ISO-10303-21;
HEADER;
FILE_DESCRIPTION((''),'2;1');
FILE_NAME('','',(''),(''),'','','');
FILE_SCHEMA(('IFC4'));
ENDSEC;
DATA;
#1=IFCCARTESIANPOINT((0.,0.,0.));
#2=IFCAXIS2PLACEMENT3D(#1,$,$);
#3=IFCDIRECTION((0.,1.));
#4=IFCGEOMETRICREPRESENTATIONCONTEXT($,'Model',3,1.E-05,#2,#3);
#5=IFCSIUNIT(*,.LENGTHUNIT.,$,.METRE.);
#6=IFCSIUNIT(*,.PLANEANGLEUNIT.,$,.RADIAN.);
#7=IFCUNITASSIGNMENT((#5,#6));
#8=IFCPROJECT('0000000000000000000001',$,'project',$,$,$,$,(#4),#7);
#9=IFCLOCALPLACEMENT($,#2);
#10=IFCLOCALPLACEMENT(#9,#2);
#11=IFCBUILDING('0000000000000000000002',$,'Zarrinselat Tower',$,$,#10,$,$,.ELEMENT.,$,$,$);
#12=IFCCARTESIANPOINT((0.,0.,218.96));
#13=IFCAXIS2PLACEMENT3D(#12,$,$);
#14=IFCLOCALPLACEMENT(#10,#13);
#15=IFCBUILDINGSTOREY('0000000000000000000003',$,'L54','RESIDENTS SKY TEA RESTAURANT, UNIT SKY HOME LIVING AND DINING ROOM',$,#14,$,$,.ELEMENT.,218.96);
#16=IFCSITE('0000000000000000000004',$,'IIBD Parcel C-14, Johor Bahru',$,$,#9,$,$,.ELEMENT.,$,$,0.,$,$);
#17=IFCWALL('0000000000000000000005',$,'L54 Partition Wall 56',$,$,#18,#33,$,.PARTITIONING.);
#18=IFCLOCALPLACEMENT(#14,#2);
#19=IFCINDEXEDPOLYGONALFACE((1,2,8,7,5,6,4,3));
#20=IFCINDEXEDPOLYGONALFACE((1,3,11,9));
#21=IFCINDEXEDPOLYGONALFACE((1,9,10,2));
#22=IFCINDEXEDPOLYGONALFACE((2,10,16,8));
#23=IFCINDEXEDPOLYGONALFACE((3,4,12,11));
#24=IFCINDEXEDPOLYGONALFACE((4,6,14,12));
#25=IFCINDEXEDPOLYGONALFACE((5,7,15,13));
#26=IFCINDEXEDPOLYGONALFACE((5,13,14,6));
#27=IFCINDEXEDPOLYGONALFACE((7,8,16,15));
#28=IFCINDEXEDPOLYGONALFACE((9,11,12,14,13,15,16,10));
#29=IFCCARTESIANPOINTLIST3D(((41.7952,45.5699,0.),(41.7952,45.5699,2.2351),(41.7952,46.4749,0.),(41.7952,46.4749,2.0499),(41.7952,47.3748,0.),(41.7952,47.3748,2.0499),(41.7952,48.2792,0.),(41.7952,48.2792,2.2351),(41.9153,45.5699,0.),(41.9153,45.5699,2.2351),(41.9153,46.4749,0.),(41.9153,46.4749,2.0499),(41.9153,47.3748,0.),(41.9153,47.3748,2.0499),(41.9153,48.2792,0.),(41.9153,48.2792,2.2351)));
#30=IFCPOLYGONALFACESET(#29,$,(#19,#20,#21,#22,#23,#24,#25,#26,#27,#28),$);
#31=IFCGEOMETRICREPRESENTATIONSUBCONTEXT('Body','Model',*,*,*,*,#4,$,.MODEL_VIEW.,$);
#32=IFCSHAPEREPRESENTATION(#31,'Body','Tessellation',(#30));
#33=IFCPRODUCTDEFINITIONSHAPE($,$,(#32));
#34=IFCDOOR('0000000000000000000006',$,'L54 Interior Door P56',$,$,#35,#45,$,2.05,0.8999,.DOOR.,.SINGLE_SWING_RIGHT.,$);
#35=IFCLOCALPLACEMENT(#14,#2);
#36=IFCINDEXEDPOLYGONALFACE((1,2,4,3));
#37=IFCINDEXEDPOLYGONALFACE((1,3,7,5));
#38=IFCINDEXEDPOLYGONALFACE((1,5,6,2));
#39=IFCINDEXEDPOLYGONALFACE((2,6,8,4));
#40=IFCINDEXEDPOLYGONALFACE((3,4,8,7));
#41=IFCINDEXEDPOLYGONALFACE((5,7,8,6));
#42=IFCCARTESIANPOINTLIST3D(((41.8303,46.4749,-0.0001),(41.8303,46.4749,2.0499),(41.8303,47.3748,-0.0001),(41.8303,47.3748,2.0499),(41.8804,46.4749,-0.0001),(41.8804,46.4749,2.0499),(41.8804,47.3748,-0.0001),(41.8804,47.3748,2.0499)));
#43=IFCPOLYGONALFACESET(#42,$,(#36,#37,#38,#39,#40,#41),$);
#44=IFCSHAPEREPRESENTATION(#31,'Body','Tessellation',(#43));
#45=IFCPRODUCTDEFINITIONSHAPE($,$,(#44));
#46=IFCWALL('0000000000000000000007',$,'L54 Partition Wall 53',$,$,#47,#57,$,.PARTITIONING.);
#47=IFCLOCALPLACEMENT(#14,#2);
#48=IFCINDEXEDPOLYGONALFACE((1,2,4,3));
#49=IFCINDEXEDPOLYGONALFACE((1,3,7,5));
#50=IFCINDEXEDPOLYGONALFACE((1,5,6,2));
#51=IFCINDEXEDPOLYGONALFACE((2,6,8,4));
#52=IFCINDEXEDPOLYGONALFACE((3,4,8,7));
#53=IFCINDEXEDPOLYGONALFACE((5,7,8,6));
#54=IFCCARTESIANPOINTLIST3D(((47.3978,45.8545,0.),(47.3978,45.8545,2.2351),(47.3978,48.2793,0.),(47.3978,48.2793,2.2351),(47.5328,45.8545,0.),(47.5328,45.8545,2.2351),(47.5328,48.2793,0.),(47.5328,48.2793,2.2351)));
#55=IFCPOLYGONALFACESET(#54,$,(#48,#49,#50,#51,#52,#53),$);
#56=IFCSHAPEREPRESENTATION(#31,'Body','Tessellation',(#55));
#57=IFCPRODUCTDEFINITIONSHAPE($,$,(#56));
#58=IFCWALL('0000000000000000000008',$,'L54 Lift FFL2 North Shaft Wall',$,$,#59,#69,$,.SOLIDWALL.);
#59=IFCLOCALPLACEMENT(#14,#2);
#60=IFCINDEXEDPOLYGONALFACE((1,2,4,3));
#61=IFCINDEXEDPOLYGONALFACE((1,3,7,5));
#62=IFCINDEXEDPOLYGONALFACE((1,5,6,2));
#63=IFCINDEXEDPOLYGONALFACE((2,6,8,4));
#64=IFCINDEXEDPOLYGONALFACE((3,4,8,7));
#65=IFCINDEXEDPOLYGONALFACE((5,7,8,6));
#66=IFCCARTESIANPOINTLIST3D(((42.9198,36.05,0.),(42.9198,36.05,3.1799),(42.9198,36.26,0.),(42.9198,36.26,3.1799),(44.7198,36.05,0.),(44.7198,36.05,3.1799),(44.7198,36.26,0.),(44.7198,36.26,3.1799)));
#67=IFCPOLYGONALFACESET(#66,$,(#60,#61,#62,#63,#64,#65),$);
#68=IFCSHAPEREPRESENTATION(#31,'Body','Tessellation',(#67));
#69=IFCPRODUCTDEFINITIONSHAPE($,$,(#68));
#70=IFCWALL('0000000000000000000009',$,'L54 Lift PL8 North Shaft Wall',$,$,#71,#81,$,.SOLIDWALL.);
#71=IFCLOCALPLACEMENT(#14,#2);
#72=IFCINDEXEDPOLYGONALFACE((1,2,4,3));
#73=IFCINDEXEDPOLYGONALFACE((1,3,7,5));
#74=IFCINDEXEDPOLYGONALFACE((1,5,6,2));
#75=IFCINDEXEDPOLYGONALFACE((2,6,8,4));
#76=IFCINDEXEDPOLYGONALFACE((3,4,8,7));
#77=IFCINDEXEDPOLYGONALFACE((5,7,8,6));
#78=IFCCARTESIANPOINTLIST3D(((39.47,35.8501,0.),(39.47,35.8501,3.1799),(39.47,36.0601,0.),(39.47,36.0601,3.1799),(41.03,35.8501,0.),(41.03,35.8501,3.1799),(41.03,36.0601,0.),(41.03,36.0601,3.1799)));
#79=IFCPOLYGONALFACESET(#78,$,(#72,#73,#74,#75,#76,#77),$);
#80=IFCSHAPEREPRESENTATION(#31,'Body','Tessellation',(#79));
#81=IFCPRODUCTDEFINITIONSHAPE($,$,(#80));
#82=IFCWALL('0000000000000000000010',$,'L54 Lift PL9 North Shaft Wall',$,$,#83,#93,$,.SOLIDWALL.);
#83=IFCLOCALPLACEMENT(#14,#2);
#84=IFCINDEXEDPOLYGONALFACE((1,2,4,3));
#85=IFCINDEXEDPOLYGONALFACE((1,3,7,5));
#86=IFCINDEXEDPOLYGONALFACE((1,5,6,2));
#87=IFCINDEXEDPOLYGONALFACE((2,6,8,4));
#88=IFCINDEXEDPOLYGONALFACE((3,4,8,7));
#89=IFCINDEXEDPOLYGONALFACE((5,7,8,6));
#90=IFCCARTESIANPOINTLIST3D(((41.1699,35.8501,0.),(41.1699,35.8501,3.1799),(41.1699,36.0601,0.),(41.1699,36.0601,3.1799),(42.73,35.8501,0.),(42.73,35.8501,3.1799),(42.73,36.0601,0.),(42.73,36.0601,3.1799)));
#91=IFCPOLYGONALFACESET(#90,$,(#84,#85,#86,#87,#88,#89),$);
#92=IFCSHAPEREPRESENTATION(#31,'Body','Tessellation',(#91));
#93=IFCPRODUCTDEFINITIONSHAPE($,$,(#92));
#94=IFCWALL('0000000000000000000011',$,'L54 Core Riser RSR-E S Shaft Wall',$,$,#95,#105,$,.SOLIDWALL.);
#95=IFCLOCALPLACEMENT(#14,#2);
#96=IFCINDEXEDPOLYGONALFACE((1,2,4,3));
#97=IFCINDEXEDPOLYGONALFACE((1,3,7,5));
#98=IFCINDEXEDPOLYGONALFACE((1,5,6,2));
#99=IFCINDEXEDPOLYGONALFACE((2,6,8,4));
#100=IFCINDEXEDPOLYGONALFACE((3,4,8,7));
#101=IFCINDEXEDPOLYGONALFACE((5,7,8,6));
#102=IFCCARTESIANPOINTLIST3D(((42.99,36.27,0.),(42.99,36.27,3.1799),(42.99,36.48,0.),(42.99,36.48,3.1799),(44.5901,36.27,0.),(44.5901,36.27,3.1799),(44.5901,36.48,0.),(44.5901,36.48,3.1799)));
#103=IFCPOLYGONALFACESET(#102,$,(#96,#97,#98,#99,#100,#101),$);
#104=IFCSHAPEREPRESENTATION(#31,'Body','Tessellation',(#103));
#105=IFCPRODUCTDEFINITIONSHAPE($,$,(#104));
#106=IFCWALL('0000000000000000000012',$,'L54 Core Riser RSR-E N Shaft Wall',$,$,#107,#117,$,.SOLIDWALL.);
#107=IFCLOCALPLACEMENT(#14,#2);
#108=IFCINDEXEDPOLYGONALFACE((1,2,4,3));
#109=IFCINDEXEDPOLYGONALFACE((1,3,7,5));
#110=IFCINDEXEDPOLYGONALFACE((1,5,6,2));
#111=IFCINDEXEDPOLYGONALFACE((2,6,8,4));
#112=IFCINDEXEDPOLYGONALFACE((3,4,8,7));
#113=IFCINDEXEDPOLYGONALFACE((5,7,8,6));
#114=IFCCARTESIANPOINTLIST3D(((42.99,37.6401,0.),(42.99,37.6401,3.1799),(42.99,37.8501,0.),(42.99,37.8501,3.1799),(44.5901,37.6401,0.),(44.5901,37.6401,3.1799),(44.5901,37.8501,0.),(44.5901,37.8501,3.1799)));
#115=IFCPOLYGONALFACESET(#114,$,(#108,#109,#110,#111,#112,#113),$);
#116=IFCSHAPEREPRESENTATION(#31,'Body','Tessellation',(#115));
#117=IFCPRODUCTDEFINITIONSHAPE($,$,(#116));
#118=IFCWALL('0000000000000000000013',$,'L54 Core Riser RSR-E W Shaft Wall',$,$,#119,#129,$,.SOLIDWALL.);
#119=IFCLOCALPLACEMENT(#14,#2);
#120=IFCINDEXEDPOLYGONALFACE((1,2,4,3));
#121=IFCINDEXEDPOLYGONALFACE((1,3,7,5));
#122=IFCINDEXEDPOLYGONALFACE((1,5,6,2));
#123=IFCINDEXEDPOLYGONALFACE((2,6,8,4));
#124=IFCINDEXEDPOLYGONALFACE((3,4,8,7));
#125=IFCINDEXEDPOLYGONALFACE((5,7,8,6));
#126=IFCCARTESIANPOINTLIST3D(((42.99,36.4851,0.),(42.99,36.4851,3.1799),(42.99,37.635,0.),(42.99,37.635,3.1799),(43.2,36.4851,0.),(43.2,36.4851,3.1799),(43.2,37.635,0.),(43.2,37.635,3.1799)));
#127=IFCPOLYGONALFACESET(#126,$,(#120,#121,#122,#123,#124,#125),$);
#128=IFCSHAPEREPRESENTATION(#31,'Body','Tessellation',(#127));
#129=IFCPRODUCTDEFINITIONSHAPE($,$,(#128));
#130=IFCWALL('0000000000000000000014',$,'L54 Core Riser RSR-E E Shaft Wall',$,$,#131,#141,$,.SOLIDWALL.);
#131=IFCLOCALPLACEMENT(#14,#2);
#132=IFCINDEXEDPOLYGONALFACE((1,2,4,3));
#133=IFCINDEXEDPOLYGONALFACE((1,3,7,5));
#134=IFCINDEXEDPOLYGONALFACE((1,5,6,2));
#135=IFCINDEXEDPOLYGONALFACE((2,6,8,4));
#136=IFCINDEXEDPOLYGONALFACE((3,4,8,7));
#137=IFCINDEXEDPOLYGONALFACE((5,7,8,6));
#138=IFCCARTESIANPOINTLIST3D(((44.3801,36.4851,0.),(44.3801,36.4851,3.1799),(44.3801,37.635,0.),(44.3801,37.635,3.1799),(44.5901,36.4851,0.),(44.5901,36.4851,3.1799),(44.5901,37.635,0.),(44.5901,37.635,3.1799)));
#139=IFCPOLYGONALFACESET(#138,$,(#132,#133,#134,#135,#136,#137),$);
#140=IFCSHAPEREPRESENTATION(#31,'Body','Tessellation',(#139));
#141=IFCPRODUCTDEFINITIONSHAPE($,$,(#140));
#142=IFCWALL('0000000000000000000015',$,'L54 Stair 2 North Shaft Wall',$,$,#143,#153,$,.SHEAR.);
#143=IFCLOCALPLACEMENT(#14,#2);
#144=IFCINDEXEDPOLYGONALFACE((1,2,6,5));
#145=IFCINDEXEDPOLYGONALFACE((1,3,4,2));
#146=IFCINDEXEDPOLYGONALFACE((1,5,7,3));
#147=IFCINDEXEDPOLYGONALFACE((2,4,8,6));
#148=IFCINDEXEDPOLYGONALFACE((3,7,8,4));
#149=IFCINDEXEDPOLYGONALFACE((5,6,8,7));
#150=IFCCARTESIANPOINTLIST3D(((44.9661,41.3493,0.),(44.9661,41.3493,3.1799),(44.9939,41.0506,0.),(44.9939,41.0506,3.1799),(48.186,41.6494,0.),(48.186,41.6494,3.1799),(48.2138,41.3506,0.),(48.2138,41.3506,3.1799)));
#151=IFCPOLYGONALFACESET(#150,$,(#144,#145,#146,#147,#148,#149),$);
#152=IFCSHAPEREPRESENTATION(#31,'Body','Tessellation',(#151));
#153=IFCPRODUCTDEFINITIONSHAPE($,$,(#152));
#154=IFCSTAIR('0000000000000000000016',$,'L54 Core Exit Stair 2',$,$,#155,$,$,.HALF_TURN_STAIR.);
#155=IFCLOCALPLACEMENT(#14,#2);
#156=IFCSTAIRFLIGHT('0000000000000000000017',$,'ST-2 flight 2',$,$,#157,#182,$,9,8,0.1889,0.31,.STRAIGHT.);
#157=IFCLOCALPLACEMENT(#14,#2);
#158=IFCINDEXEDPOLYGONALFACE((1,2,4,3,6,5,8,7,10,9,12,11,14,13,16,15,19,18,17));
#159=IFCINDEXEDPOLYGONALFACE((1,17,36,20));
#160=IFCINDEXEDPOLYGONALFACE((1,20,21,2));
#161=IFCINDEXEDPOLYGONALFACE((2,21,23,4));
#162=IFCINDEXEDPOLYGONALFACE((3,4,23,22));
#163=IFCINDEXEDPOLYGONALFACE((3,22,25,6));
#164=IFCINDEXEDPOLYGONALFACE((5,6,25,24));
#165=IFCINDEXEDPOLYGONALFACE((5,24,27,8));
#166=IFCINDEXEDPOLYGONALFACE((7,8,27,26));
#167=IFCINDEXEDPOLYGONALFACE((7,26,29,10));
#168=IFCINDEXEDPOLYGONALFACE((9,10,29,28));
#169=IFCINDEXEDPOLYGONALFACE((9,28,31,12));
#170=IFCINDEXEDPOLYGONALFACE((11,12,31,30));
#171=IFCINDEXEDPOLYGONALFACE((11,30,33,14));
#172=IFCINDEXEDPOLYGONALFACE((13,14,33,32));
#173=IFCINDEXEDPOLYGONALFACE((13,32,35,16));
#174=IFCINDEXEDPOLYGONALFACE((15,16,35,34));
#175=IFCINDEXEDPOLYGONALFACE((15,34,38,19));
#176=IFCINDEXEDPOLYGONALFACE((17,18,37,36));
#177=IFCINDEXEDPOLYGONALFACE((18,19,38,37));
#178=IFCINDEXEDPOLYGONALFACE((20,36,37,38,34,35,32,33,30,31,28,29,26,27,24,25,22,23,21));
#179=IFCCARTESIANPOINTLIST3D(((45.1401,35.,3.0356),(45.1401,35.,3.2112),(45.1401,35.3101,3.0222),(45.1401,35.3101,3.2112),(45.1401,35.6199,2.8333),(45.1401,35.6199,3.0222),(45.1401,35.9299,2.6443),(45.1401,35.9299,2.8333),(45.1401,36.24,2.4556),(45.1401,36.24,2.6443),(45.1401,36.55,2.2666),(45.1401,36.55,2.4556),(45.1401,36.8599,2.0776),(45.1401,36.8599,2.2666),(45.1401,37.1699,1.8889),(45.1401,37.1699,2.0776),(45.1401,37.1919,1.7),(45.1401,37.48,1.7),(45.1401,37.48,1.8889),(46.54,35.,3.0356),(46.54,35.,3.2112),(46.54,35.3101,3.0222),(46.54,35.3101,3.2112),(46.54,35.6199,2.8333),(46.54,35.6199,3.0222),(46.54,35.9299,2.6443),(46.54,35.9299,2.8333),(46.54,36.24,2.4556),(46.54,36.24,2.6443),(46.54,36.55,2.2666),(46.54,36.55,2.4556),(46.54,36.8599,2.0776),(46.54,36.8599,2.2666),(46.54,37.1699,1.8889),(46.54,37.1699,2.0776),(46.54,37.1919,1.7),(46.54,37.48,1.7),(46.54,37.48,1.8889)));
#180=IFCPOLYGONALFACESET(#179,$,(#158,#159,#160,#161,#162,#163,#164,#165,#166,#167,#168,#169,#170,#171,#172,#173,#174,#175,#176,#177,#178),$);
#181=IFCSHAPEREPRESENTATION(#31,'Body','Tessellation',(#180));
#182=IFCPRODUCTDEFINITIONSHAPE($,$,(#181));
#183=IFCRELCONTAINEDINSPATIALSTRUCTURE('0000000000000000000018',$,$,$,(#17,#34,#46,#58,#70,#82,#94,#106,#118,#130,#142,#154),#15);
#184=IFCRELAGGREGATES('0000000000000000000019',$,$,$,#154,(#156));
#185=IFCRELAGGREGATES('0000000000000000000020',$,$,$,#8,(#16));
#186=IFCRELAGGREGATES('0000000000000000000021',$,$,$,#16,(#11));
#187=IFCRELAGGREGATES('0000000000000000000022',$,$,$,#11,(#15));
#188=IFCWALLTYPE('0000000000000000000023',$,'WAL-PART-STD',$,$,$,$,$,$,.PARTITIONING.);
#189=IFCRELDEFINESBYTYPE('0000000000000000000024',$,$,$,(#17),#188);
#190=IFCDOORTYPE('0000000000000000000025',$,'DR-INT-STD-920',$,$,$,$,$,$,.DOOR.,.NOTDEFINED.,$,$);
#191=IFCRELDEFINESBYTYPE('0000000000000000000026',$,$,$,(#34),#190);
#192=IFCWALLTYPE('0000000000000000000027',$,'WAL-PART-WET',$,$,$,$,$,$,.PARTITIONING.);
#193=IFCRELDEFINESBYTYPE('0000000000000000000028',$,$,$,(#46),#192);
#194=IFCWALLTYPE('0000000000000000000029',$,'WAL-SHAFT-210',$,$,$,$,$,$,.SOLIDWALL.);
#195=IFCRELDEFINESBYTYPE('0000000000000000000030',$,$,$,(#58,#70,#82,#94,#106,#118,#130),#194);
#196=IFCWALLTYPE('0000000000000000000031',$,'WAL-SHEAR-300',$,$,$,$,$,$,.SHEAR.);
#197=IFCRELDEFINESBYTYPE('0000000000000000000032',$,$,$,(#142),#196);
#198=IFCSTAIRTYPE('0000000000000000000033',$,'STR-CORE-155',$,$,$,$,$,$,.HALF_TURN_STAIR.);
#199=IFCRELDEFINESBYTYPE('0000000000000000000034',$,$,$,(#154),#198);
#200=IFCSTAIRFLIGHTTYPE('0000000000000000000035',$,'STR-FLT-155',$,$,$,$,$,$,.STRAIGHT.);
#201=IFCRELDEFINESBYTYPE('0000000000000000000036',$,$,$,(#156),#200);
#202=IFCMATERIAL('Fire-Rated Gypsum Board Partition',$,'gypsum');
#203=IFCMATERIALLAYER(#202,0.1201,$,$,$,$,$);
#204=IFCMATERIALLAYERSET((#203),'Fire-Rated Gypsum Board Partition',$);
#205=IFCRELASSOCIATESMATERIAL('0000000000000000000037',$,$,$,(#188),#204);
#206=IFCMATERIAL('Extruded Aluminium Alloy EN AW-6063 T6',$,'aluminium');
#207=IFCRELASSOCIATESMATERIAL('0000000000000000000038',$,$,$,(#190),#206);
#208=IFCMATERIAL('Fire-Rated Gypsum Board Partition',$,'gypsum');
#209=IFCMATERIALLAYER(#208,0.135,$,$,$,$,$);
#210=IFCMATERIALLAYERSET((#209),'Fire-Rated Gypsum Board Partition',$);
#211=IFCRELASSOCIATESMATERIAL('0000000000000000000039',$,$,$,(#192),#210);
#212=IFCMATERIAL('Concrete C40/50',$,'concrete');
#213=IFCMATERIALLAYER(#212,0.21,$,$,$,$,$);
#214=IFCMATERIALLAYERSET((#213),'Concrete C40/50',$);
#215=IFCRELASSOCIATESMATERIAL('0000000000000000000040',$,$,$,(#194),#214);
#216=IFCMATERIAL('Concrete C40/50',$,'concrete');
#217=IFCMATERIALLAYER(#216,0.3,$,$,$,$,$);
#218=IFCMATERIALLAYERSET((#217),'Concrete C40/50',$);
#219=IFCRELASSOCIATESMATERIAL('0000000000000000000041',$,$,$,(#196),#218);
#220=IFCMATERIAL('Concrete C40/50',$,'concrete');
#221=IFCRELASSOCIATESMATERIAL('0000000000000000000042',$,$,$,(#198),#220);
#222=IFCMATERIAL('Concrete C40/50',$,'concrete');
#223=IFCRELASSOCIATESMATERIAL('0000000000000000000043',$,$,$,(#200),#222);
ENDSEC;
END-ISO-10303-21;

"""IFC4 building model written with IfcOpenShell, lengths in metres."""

from ifc_helpers import new_model, si_unit, direction, frame, frame_2d, origin, place, context, subcontext, project, spatial, polyline, rectangle, outline, extrude, material, layer, layer_set, type_object, element, fill, aggregate, save


model = new_model("IFC4")

# Units and contexts
model_context = context("Model", 3, precision=1e-05, world=origin(), true_north=direction((0.0, 1.0)))
body_context = subcontext(model_context, "Body", "Model", "MODEL_VIEW")
ifc_project = project(units=[si_unit("LENGTHUNIT", "METRE"), si_unit("PLANEANGLEUNIT", "RADIAN")], contexts=[model_context])

# Site, building, storey
site_placement = place(None, origin())
site = spatial("IfcSite", under=ifc_project, at=site_placement, Name="IIBD Parcel C-14, Johor Bahru", CompositionType="ELEMENT", RefElevation=0.0)
building_placement = place(site_placement, origin())
building = spatial("IfcBuilding", under=site, at=building_placement, Name="Zarrinselat Tower", CompositionType="ELEMENT")
storey_placement = place(building_placement, frame((0.0, 0.0, 218.96)))
storey = spatial("IfcBuildingStorey", under=building, at=storey_placement, Name="L54", Description="RESIDENTS SKY TEA RESTAURANT, UNIT SKY HOME LIVING AND DINING ROOM", CompositionType="ELEMENT", Elevation=218.96)

# Wall, opening, door
ifc_material_1 = material(Name="Fire-Rated Gypsum Board Partition", Category="gypsum")
ifc_layer_1 = layer(ifc_material_1, 0.1201)
ifc_layer_set_1 = layer_set([ifc_layer_1], Name="Fire-Rated Gypsum Board Partition")
wall_type_1 = type_object("IfcWallType", Name="WAL-PART-STD", PredefinedType="PARTITIONING", material=ifc_layer_set_1)
wall_1_placement = place(storey_placement, frame((41.8552, 45.5701, 0.0), z_axis=(0.0, 0.0, 1.0), x_axis=(0.0, 1.0, 0.0)))
wall_1 = element("IfcWall", 1, at=wall_1_placement, inside=storey, type_object=wall_type_1, Name="L54 Partition Wall 56", PredefinedType="PARTITIONING", context=body_context, shape_type="SweptSolid", body=[
    extrude(rectangle(XDim=2.7092, YDim=0.1201, at=frame_2d((1.3545, 0.0))), origin(), (0.0, 0.0, 1.0), 2.2351),
])
opening_1_placement = place(wall_1_placement, frame((0.9048, 0.0, 0.0)))
opening_1 = element("IfcOpeningElement", 2, at=opening_1_placement, cuts=wall_1, PredefinedType="OPENING", context=body_context, shape_type="SweptSolid", body=[
    extrude(rectangle(XDim=0.8999, YDim=2.05, at=frame_2d((0.45, 1.0249))), frame((0.0, 0.0701, 0.0), z_axis=(0.0, -1.0, 0.0), x_axis=(1.0, 0.0, 0.0)), (0.0, 0.0, 1.0), 0.1401),
])
ifc_material_2 = material(Name="Extruded Aluminium Alloy EN AW-6063 T6", Category="aluminium")
door_type_1 = type_object("IfcDoorType", Name="DR-INT-STD-920", OperationType="NOTDEFINED", PredefinedType="DOOR", material=ifc_material_2)
door_1_placement = place(opening_1_placement, origin())
door_1 = element("IfcDoor", 3, at=door_1_placement, inside=storey, type_object=door_type_1, Name="L54 Interior Door P56", OperationType="SINGLE_SWING_RIGHT", OverallHeight=2.05, OverallWidth=0.8999, PredefinedType="DOOR", context=body_context, shape_type="SweptSolid", body=[
    extrude(rectangle(XDim=0.8999, YDim=2.05, at=frame_2d((0.45, 1.0249))), frame((0.0, 0.0249, 0.0), z_axis=(0.0, -1.0, 0.0), x_axis=(1.0, 0.0, 0.0)), (0.0, 0.0, 1.0), 0.05),
])
fill(opening_1, door_1)

# Walls
ifc_material_3 = material(Name="Fire-Rated Gypsum Board Partition", Category="gypsum")
ifc_layer_2 = layer(ifc_material_3, 0.135)
ifc_layer_set_2 = layer_set([ifc_layer_2], Name="Fire-Rated Gypsum Board Partition")
wall_type_2 = type_object("IfcWallType", Name="WAL-PART-WET", PredefinedType="PARTITIONING", material=ifc_layer_set_2)
wall_2_placement = place(storey_placement, frame((47.4653, 45.8545, 0.0), z_axis=(0.0, 0.0, 1.0), x_axis=(0.0, 1.0, 0.0)))
element("IfcWall", 4, at=wall_2_placement, inside=storey, type_object=wall_type_2, Name="L54 Partition Wall 53", PredefinedType="PARTITIONING", context=body_context, shape_type="SweptSolid", body=[
    extrude(rectangle(XDim=2.4248, YDim=0.135, at=frame_2d((1.2124, 0.0))), origin(), (0.0, 0.0, 1.0), 2.2351),
])
ifc_material_4 = material(Name="Concrete C40/50", Category="concrete")
ifc_layer_3 = layer(ifc_material_4, 0.21)
ifc_layer_set_3 = layer_set([ifc_layer_3], Name="Concrete C40/50")
wall_type_3 = type_object("IfcWallType", Name="WAL-SHAFT-210", PredefinedType="SOLIDWALL", material=ifc_layer_set_3)
wall_3_placement = place(storey_placement, frame((42.9199, 36.155, 0.0), z_axis=(0.0, 0.0, 1.0), x_axis=(1.0, 0.0, 0.0)))
element("IfcWall", 5, at=wall_3_placement, inside=storey, type_object=wall_type_3, Name="L54 Lift FFL2 North Shaft Wall", PredefinedType="SOLIDWALL", context=body_context, shape_type="SweptSolid", body=[
    extrude(rectangle(XDim=1.8, YDim=0.21, at=frame_2d((0.8999, 0.0))), origin(), (0.0, 0.0, 1.0), 3.1799),
])
for number, where, z_axis, x_axis, name in (
    (6, (39.47, 35.9551, 0.0), (0.0, 0.0, 1.0), (1.0, 0.0, 0.0), "L54 Lift PL8 North Shaft Wall"),
    (7, (41.1699, 35.9551, 0.0), (0.0, 0.0, 1.0), (1.0, 0.0, 0.0), "L54 Lift PL9 North Shaft Wall"),
):
    element("IfcWall", number, at=place(storey_placement, frame(where, z_axis=z_axis, x_axis=x_axis)), inside=storey, type_object=wall_type_3, Name=name, PredefinedType="SOLIDWALL", context=body_context, shape_type="SweptSolid", body=[
        extrude(rectangle(XDim=1.5601, YDim=0.21, at=frame_2d((0.78, 0.0))), origin(), (0.0, 0.0, 1.0), 3.1799),
    ])
for number, where, z_axis, x_axis, name in (
    (8, (42.99, 36.375, 0.0), (0.0, 0.0, 1.0), (1.0, 0.0, 0.0), "L54 Core Riser RSR-E S Shaft Wall"),
    (9, (42.99, 37.7451, 0.0), (0.0, 0.0, 1.0), (1.0, 0.0, 0.0), "L54 Core Riser RSR-E N Shaft Wall"),
):
    element("IfcWall", number, at=place(storey_placement, frame(where, z_axis=z_axis, x_axis=x_axis)), inside=storey, type_object=wall_type_3, Name=name, PredefinedType="SOLIDWALL", context=body_context, shape_type="SweptSolid", body=[
        extrude(rectangle(XDim=1.6001, YDim=0.21, at=frame_2d((0.8, 0.0))), origin(), (0.0, 0.0, 1.0), 3.1799),
    ])
for number, where, z_axis, x_axis, name in (
    (10, (43.095, 36.4851, 0.0), (0.0, 0.0, 1.0), (0.0, 1.0, 0.0), "L54 Core Riser RSR-E W Shaft Wall"),
    (11, (44.4851, 36.4851, 0.0), (0.0, 0.0, 1.0), (0.0, 1.0, 0.0), "L54 Core Riser RSR-E E Shaft Wall"),
):
    element("IfcWall", number, at=place(storey_placement, frame(where, z_axis=z_axis, x_axis=x_axis)), inside=storey, type_object=wall_type_3, Name=name, PredefinedType="SOLIDWALL", context=body_context, shape_type="SweptSolid", body=[
        extrude(rectangle(XDim=1.1499, YDim=0.21, at=frame_2d((0.575, 0.0))), origin(), (0.0, 0.0, 1.0), 3.1799),
    ])
ifc_material_5 = material(Name="Concrete C40/50", Category="concrete")
ifc_layer_4 = layer(ifc_material_5, 0.3)
ifc_layer_set_4 = layer_set([ifc_layer_4], Name="Concrete C40/50")
wall_type_4 = type_object("IfcWallType", Name="WAL-SHEAR-300", PredefinedType="SHEAR", material=ifc_layer_set_4)
wall_4_placement = place(storey_placement, frame((44.98, 41.2, 0.0), z_axis=(0.0, 0.0, 1.0), x_axis=(0.995686, 0.092782, 0.0)))
element("IfcWall", 12, at=wall_4_placement, inside=storey, type_object=wall_type_4, Name="L54 Stair 2 North Shaft Wall", PredefinedType="SHEAR", context=body_context, shape_type="SweptSolid", body=[
    extrude(rectangle(XDim=3.2339, YDim=0.3, at=frame_2d((1.6169, 0.0))), origin(), (0.0, 0.0, 1.0), 3.1799),
])

# Stair, stair flight
ifc_material_6 = material(Name="Concrete C40/50", Category="concrete")
stair_type = type_object("IfcStairType", Name="STR-CORE-155", PredefinedType="HALF_TURN_STAIR", material=ifc_material_6)
stair_placement = place(storey_placement, origin())
stair = element("IfcStair", 13, at=stair_placement, inside=storey, type_object=stair_type, Name="L54 Core Exit Stair 2", PredefinedType="HALF_TURN_STAIR")
ifc_material_7 = material(Name="Concrete C40/50", Category="concrete")
stair_flight_type = type_object("IfcStairFlightType", Name="STR-FLT-155", PredefinedType="STRAIGHT", material=ifc_material_7)
stair_flight_placement = place(storey_placement, frame((45.8401, 37.48, 1.7), z_axis=(0.0, 0.0, 1.0), x_axis=(0.0, -1.0, 0.0)))
stair_flight = element("IfcStairFlight", 14, at=stair_flight_placement, type_object=stair_flight_type, Name="ST-2 flight 2", NumberOfRisers=9, NumberOfTreads=8, PredefinedType="STRAIGHT", RiserHeight=0.1889, TreadLength=0.31, context=body_context, shape_type="SweptSolid", body=[
    extrude(outline(polyline([(0.0, 0.0), (0.0, 0.189), (0.3101, 0.189), (0.3101, 0.3777), (0.6201, 0.3777), (0.6201, 0.5667), (0.9299, 0.5667), (0.9299, 0.7556), (1.24, 0.7556), (1.24, 0.9443), (1.55, 0.9443), (1.55, 1.1333), (1.8601, 1.1333), (1.8601, 1.3223), (2.1699, 1.3223), (2.1699, 1.5112), (2.48, 1.5112), (2.48, 1.7), (2.48, 1.3357), (0.2881, 0.0), (0.0, 0.0)])), frame((0.0, 0.7, 0.0), z_axis=(0.0, -1.0, 0.0), x_axis=(1.0, 0.0, 0.0)), (0.0, 0.0, 1.0), 1.3999),
])
aggregate(stair, [stair_flight])

save(model, "model.ifc")
